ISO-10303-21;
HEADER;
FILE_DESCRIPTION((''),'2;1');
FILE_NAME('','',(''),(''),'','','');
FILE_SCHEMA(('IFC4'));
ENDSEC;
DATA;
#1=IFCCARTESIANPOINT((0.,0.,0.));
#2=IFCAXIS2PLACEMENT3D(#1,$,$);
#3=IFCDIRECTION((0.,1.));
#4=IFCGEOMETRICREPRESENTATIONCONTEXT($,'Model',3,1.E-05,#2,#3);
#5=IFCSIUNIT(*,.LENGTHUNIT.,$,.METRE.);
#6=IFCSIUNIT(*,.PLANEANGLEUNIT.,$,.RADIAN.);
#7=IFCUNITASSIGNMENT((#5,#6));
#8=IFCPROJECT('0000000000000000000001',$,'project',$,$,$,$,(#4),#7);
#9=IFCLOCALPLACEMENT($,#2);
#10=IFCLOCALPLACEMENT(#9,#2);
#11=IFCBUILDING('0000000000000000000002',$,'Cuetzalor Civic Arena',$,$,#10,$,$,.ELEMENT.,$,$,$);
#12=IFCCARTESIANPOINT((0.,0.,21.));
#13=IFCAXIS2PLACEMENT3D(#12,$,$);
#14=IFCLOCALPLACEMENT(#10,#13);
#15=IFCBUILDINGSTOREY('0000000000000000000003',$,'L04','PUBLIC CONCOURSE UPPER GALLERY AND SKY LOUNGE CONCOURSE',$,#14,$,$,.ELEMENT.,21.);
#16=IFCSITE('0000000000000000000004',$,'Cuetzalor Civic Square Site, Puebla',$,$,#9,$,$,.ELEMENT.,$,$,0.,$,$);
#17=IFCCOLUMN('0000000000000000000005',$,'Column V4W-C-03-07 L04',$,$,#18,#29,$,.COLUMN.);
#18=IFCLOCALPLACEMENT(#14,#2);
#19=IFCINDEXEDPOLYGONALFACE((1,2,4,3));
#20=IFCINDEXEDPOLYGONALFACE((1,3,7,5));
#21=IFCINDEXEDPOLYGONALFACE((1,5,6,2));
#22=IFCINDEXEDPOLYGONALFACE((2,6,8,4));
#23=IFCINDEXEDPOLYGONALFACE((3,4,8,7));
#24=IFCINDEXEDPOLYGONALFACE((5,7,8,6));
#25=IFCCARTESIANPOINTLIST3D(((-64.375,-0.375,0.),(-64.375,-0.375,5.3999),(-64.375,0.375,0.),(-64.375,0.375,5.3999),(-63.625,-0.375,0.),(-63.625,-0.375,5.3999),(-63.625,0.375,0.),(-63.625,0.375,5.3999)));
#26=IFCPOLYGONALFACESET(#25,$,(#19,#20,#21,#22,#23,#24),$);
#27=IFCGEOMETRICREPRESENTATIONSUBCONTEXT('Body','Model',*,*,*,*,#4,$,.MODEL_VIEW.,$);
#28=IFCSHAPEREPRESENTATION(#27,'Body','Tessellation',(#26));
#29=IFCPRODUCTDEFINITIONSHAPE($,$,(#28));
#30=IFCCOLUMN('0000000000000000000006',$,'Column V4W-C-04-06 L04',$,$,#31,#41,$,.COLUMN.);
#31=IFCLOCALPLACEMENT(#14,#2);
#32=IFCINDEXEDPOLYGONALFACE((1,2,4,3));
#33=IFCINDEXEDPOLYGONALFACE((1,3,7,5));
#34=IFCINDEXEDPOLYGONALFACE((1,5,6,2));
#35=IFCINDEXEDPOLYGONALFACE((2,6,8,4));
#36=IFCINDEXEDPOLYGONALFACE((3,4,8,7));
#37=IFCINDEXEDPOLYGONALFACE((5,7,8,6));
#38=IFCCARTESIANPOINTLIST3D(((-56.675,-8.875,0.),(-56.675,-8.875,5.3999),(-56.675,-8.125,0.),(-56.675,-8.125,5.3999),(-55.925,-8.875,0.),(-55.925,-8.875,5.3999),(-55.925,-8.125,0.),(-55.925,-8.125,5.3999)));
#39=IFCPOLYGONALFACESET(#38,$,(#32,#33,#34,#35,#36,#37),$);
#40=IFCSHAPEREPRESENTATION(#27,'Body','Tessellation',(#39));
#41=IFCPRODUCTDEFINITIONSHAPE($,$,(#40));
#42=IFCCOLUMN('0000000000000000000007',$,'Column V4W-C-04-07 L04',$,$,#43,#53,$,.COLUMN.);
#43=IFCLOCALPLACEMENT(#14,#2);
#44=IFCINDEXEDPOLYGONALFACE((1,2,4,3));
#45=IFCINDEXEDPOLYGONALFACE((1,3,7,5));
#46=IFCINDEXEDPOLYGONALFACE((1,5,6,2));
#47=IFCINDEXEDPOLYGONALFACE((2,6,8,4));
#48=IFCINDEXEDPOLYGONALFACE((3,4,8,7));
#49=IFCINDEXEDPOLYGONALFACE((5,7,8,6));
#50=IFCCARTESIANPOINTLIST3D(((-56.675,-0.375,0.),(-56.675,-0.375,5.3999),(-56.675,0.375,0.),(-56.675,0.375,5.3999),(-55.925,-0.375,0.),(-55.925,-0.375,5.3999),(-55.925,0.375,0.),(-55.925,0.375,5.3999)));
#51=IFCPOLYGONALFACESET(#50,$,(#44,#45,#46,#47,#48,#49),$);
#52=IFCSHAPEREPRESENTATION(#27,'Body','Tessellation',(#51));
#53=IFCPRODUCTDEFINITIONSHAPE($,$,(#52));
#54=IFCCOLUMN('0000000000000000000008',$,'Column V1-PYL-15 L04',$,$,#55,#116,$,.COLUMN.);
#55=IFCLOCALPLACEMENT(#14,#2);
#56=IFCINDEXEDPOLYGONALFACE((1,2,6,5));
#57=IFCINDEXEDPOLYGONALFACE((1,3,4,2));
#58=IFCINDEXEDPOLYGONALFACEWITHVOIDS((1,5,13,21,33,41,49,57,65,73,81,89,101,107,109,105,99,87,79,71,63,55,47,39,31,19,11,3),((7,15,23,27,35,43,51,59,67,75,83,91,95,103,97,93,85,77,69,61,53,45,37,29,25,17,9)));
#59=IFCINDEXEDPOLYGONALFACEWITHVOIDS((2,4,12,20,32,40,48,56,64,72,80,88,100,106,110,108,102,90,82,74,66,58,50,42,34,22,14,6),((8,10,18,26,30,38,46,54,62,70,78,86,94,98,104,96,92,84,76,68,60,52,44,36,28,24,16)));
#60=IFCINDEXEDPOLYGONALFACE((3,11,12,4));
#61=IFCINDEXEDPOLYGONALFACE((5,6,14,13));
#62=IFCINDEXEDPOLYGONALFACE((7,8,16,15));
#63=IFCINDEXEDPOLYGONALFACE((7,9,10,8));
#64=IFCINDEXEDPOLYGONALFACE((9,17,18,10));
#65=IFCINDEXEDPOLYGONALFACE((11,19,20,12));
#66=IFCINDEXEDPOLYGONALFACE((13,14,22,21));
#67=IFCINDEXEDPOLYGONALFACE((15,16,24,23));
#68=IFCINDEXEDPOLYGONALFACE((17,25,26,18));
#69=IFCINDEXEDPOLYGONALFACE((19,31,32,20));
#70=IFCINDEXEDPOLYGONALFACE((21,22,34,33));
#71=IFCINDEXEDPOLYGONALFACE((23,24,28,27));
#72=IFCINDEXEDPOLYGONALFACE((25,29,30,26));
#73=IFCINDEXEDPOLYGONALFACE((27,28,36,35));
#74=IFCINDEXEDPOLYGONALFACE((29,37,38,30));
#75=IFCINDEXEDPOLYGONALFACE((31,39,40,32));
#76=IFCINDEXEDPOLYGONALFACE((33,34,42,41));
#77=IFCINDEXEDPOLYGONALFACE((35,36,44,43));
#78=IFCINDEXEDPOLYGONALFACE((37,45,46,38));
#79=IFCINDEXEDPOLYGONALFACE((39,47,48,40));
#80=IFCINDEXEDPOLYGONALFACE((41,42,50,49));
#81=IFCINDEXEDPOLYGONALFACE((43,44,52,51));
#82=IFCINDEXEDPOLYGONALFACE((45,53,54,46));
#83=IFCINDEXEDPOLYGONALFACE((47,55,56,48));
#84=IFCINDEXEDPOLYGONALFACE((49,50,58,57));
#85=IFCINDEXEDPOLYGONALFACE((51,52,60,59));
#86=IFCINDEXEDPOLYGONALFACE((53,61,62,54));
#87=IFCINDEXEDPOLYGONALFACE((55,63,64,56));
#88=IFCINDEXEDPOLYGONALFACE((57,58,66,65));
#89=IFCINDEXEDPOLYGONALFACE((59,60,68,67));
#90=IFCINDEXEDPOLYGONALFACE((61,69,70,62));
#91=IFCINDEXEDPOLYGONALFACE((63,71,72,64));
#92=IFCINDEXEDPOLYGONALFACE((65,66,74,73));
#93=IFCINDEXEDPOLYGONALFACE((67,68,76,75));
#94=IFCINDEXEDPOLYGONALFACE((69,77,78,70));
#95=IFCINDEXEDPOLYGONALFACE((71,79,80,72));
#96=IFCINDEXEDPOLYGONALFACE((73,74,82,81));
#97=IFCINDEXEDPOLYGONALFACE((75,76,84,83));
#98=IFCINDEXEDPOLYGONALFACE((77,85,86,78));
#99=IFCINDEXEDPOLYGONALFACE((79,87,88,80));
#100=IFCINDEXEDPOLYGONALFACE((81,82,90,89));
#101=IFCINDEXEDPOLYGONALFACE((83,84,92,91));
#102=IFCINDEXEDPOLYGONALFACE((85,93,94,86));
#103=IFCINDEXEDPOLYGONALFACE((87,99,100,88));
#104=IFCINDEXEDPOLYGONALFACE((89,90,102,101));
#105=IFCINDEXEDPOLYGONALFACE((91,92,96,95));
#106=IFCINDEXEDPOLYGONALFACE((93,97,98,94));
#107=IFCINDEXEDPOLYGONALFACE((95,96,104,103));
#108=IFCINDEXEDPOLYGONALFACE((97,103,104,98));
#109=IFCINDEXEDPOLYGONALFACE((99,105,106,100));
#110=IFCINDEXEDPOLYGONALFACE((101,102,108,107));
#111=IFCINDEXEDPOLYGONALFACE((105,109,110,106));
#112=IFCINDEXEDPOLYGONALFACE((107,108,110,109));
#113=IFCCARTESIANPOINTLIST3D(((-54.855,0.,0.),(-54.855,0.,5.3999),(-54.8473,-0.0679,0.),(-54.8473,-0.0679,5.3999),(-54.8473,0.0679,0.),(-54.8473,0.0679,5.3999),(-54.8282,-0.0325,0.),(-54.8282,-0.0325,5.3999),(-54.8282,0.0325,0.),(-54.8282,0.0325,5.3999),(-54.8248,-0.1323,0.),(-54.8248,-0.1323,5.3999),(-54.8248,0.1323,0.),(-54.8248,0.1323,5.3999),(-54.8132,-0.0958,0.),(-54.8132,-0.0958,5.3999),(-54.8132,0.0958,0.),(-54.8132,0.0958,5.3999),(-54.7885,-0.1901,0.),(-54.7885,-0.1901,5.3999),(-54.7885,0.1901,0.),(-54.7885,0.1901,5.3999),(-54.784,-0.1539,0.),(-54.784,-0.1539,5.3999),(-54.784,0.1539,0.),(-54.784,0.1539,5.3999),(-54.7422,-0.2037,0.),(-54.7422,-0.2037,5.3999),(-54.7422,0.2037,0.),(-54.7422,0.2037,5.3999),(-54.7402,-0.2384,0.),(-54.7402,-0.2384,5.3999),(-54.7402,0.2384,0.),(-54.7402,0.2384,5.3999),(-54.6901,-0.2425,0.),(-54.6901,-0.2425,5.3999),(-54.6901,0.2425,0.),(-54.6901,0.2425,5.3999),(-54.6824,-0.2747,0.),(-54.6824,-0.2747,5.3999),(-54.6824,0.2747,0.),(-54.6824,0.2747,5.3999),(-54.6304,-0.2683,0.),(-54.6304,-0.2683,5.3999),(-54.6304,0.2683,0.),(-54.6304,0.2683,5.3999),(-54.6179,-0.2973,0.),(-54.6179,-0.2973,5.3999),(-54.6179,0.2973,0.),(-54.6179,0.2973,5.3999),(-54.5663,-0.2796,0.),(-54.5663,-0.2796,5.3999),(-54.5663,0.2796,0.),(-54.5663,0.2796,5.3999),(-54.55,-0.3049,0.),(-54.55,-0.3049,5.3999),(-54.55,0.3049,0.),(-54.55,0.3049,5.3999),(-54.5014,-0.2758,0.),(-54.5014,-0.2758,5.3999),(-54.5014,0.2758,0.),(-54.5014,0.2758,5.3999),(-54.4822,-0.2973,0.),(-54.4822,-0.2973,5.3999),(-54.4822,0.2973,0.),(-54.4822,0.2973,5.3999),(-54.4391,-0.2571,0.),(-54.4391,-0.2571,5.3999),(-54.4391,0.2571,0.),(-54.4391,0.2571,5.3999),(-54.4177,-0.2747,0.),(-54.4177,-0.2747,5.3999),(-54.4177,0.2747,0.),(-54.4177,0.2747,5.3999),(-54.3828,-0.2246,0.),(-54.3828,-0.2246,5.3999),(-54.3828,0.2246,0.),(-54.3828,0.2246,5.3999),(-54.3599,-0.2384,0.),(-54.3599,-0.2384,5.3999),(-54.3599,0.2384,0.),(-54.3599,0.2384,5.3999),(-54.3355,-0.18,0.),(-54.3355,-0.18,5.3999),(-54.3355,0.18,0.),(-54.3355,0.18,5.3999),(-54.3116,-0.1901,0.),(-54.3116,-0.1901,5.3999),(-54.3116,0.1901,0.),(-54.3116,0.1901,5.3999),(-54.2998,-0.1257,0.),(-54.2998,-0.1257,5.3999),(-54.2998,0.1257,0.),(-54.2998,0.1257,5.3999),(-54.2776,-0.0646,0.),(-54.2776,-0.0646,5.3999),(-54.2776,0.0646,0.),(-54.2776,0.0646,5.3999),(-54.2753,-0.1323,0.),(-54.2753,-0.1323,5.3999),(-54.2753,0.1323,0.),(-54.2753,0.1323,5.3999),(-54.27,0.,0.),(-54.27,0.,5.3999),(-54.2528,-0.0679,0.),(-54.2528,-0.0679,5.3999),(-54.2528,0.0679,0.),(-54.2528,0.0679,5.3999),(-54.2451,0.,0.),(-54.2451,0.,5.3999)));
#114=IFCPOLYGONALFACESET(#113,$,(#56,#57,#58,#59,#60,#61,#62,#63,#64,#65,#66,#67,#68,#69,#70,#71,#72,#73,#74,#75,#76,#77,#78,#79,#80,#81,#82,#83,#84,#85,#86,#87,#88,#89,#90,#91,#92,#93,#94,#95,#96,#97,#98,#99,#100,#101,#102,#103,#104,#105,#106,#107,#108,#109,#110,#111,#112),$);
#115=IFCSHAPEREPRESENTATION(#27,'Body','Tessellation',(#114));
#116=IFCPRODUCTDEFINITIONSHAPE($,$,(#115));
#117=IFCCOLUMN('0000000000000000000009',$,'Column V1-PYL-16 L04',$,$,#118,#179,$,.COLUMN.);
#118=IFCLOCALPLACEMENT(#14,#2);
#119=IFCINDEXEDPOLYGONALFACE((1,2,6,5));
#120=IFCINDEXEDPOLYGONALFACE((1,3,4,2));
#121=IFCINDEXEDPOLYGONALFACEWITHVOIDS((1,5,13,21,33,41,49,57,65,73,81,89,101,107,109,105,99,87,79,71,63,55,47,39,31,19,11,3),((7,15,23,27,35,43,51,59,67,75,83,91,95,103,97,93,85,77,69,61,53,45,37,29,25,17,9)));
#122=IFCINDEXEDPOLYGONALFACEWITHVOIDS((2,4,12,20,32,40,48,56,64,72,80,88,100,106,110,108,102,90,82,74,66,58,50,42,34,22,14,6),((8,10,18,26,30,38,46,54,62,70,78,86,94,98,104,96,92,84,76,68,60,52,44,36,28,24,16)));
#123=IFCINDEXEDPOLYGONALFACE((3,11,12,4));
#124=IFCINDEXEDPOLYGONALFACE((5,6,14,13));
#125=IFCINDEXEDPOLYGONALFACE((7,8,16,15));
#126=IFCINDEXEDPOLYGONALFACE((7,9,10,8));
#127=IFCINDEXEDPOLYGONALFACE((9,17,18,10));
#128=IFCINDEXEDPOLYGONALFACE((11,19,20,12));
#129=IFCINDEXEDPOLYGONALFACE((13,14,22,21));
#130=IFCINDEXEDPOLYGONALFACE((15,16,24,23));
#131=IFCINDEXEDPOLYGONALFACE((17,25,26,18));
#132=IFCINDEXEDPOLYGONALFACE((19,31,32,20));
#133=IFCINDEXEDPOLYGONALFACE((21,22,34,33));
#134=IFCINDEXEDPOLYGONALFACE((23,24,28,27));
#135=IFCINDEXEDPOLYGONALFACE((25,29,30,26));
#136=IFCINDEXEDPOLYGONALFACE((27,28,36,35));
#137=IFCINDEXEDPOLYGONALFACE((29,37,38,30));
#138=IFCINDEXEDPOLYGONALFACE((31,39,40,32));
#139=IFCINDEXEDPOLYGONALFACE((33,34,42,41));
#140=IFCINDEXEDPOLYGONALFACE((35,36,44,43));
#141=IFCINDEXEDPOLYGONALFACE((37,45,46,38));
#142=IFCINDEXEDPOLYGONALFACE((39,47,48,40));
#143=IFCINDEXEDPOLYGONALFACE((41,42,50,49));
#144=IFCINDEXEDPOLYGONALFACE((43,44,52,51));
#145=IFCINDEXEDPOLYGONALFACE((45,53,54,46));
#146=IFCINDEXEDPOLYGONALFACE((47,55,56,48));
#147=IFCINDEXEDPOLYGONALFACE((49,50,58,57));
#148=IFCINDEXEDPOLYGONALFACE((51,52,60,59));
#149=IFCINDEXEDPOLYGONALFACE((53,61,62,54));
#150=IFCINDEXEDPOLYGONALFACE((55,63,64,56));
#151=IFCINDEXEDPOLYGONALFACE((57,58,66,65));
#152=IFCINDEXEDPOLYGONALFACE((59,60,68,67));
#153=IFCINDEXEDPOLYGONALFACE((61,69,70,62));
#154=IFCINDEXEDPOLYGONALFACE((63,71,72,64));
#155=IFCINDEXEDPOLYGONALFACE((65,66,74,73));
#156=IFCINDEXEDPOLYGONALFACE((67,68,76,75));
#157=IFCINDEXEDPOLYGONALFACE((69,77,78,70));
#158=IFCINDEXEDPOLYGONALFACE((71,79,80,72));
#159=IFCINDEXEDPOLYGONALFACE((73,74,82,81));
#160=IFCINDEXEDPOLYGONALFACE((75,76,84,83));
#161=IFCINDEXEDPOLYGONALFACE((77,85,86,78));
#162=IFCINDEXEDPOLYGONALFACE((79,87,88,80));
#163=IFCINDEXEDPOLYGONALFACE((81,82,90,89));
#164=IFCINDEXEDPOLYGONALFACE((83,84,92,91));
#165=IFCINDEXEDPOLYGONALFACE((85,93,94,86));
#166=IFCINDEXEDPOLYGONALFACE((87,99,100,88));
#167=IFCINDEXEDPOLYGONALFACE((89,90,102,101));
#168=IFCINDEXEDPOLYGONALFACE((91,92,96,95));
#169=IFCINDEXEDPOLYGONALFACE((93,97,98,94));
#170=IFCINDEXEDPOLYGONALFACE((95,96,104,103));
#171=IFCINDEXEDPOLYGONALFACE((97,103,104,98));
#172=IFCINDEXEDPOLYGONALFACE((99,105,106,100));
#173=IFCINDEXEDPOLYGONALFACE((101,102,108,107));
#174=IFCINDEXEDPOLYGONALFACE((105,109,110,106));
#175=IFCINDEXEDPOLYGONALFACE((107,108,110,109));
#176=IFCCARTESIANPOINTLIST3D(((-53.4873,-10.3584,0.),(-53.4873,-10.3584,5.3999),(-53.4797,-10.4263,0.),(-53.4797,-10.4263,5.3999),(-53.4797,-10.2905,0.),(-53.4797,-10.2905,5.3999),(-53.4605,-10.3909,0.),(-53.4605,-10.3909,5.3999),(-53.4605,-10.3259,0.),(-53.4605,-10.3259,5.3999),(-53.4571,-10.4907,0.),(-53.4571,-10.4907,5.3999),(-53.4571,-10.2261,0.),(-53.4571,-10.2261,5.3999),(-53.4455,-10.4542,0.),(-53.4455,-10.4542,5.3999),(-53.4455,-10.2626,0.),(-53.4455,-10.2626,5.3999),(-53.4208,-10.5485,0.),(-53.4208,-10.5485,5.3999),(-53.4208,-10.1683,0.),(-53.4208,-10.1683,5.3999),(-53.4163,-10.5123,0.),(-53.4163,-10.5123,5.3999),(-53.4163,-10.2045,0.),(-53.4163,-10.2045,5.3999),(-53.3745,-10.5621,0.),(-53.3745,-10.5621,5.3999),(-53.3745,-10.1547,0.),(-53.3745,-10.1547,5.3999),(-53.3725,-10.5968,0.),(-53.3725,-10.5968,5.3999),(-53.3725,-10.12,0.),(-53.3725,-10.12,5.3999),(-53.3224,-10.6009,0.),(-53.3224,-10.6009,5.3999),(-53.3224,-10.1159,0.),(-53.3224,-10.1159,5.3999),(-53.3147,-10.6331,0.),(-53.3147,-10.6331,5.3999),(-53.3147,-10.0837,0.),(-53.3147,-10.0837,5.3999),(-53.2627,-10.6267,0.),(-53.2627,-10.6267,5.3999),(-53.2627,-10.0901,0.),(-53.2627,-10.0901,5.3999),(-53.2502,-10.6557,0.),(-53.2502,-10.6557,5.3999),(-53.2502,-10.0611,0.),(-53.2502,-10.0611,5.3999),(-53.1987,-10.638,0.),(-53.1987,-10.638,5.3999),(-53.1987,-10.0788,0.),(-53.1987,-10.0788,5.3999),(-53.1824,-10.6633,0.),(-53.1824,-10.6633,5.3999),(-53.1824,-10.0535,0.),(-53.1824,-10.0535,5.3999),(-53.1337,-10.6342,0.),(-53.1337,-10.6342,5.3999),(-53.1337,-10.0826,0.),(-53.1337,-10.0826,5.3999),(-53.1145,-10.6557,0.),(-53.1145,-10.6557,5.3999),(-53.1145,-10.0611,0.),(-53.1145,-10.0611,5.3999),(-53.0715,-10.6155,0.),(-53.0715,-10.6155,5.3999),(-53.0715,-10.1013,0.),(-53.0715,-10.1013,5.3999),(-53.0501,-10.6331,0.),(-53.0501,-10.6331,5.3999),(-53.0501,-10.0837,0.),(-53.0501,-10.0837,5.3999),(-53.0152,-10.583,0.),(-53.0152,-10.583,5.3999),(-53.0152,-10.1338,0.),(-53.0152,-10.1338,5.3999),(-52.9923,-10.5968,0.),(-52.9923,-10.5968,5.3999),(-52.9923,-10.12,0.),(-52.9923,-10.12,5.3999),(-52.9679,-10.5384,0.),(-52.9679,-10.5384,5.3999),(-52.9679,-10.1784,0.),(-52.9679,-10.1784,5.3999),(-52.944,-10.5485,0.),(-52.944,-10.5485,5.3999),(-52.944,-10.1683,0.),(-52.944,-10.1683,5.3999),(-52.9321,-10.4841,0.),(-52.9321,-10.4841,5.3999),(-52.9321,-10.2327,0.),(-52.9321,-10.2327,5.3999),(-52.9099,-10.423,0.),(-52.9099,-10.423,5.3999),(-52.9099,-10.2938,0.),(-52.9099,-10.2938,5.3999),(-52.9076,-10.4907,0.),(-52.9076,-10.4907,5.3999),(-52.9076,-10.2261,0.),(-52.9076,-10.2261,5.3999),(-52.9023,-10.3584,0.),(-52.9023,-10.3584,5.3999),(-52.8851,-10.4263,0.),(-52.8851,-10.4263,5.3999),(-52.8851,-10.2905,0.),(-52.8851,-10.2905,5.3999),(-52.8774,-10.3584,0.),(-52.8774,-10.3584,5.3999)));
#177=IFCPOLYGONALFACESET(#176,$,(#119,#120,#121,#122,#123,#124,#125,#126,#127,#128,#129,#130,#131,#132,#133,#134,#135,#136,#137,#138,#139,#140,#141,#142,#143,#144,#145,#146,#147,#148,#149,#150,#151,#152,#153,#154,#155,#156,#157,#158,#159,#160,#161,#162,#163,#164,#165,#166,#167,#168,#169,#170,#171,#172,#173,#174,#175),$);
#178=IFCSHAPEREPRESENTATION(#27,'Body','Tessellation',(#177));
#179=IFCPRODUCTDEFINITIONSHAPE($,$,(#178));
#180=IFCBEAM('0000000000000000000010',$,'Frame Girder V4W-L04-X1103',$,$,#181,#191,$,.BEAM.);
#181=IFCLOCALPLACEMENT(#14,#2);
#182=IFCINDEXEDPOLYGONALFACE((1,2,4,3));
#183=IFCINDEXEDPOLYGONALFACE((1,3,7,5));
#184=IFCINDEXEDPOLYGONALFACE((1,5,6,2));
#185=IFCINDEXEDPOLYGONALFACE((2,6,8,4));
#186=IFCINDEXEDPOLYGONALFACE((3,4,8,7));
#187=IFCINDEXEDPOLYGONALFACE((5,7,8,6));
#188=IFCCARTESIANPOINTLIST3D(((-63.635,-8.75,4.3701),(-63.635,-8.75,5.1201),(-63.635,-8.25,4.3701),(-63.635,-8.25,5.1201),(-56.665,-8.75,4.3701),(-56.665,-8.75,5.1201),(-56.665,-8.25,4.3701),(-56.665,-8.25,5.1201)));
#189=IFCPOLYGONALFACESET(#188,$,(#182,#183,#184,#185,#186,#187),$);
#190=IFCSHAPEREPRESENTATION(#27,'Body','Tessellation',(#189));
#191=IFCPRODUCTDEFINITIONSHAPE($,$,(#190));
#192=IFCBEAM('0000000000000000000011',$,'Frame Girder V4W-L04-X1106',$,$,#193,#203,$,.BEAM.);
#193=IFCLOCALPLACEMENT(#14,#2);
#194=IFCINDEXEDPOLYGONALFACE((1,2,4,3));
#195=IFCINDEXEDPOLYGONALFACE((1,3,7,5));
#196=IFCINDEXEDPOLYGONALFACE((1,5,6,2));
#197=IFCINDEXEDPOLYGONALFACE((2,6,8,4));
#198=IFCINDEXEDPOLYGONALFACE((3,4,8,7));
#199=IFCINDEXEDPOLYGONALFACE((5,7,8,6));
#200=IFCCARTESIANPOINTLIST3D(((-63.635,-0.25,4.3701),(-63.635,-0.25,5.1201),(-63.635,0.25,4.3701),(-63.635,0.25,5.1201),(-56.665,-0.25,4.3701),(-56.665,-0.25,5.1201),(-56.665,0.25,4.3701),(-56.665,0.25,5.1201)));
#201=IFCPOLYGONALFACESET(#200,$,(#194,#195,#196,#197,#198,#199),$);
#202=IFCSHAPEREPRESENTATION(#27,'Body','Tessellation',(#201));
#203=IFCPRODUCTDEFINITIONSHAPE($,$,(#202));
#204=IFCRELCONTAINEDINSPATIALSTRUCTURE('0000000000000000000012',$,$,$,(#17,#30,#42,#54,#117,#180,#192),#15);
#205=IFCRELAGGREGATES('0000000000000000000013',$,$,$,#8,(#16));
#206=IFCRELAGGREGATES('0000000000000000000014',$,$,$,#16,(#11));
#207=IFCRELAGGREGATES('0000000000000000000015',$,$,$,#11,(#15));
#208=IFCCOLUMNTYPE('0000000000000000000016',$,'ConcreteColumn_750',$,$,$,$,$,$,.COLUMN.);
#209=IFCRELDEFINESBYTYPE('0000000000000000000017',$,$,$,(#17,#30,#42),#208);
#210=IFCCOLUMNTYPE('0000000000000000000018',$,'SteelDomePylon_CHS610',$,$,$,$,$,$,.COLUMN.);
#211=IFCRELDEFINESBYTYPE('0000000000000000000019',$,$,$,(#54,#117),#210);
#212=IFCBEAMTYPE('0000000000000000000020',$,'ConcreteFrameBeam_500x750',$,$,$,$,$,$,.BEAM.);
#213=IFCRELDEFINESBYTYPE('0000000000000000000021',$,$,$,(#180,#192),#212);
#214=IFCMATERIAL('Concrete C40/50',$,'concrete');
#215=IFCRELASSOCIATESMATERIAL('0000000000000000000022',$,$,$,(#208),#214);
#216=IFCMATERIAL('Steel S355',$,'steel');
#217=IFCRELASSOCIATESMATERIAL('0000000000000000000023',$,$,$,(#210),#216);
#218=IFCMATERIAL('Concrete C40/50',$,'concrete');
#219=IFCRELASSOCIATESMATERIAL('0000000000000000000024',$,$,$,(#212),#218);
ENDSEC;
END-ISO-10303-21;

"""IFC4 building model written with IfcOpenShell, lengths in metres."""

from ifc_helpers import new_model, si_unit, direction, frame, origin, origin_2d, place, context, subcontext, project, spatial, rectangle, hollow_circle, extrude, material, material_profile, profile_set, type_object, element, save


model = new_model("IFC4")

# Units and contexts
model_context = context("Model", 3, precision=1e-05, world=origin(), true_north=direction((0.0, 1.0)))
body_context = subcontext(model_context, "Body", "Model", "MODEL_VIEW")
ifc_project = project(units=[si_unit("LENGTHUNIT", "METRE"), si_unit("PLANEANGLEUNIT", "RADIAN")], contexts=[model_context])

# Site, building, storey
site_placement = place(None, origin())
site = spatial("IfcSite", under=ifc_project, at=site_placement, Name="Cuetzalor Civic Square Site, Puebla", CompositionType="ELEMENT", RefElevation=0.0)
building_placement = place(site_placement, origin())
building = spatial("IfcBuilding", under=site, at=building_placement, Name="Cuetzalor Civic Arena", CompositionType="ELEMENT")
storey_placement = place(building_placement, frame((0.0, 0.0, 21.0)))
storey = spatial("IfcBuildingStorey", under=building, at=storey_placement, Name="L04", Description="PUBLIC CONCOURSE UPPER GALLERY AND SKY LOUNGE CONCOURSE", CompositionType="ELEMENT", Elevation=21.0)

# Columns
ifc_material_1 = material(Name="Concrete C40/50", Category="concrete")
ifc_material_profile_1 = material_profile(ifc_material_1, rectangle(XDim=0.75, YDim=0.75, at=origin_2d()), Name="RC 750x750")
ifc_profile_set_1 = profile_set([ifc_material_profile_1], Name="Concrete C40/50")
column_type_1 = type_object("IfcColumnType", Name="ConcreteColumn_750", PredefinedType="COLUMN", material=ifc_profile_set_1)
for number, where, z_axis, x_axis, name in (
    (1, (-64.0, 0.0, 0.0), (0.0, 0.0, 1.0), (1.0, 0.0, 0.0), "Column V4W-C-03-07 L04"),
    (2, (-56.3, -8.5, 0.0), (0.0, 0.0, 1.0), (1.0, 0.0, 0.0), "Column V4W-C-04-06 L04"),
    (3, (-56.3, 0.0, 0.0), (0.0, 0.0, 1.0), (1.0, 0.0, 0.0), "Column V4W-C-04-07 L04"),
):
    element("IfcColumn", number, at=place(storey_placement, frame(where, z_axis=z_axis, x_axis=x_axis)), inside=storey, type_object=column_type_1, Name=name, PredefinedType="COLUMN", context=body_context, shape_type="SweptSolid", body=[
        extrude(rectangle(XDim=0.75, YDim=0.75, at=origin_2d()), origin(), (0.0, 0.0, 1.0), 5.3999),
    ])
ifc_material_2 = material(Name="Steel S355", Category="steel")
ifc_material_profile_2 = material_profile(ifc_material_2, hollow_circle(Radius=0.3049, WallThickness=0.0249, at=origin_2d()), Name="CHS 610x25")
ifc_profile_set_2 = profile_set([ifc_material_profile_2], Name="Steel S355")
column_type_2 = type_object("IfcColumnType", Name="SteelDomePylon_CHS610", PredefinedType="COLUMN", material=ifc_profile_set_2)
for number, where, z_axis, x_axis, name in (
    (4, (-54.55, 0.0, 0.0), (0.0, 0.0, 1.0), (1.0, 0.0, 0.0), "Column V1-PYL-15 L04"),
    (5, (-53.1824, -10.3584, 0.0), (0.0, 0.0, 1.0), (1.0, 0.0, 0.0), "Column V1-PYL-16 L04"),
):
    element("IfcColumn", number, at=place(storey_placement, frame(where, z_axis=z_axis, x_axis=x_axis)), inside=storey, type_object=column_type_2, Name=name, PredefinedType="COLUMN", context=body_context, shape_type="SweptSolid", body=[
        extrude(hollow_circle(Radius=0.3049, WallThickness=0.0249, at=origin_2d()), origin(), (0.0, 0.0, 1.0), 5.3999),
    ])

# Beams
ifc_material_3 = material(Name="Concrete C40/50", Category="concrete")
ifc_material_profile_3 = material_profile(ifc_material_3, rectangle(XDim=0.5, YDim=0.75, at=origin_2d()), Name="RC 500x750")
ifc_profile_set_3 = profile_set([ifc_material_profile_3], Name="Concrete C40/50")
beam_type_1 = type_object("IfcBeamType", Name="ConcreteFrameBeam_500x750", PredefinedType="BEAM", material=ifc_profile_set_3)
for number, where, z_axis, x_axis, name in (
    (6, (-63.635, -8.5, 4.7451), (1.0, 0.0, 0.0), (0.0, 1.0, 0.0), "Frame Girder V4W-L04-X1103"),
    (7, (-63.635, 0.0, 4.7451), (1.0, 0.0, 0.0), (0.0, 1.0, 0.0), "Frame Girder V4W-L04-X1106"),
):
    element("IfcBeam", number, at=place(storey_placement, frame(where, z_axis=z_axis, x_axis=x_axis)), inside=storey, type_object=beam_type_1, Name=name, PredefinedType="BEAM", context=body_context, shape_type="SweptSolid", body=[
        extrude(rectangle(XDim=0.5, YDim=0.75, at=origin_2d()), origin(), (0.0, 0.0, 1.0), 6.97),
    ])

save(model, "model.ifc")
